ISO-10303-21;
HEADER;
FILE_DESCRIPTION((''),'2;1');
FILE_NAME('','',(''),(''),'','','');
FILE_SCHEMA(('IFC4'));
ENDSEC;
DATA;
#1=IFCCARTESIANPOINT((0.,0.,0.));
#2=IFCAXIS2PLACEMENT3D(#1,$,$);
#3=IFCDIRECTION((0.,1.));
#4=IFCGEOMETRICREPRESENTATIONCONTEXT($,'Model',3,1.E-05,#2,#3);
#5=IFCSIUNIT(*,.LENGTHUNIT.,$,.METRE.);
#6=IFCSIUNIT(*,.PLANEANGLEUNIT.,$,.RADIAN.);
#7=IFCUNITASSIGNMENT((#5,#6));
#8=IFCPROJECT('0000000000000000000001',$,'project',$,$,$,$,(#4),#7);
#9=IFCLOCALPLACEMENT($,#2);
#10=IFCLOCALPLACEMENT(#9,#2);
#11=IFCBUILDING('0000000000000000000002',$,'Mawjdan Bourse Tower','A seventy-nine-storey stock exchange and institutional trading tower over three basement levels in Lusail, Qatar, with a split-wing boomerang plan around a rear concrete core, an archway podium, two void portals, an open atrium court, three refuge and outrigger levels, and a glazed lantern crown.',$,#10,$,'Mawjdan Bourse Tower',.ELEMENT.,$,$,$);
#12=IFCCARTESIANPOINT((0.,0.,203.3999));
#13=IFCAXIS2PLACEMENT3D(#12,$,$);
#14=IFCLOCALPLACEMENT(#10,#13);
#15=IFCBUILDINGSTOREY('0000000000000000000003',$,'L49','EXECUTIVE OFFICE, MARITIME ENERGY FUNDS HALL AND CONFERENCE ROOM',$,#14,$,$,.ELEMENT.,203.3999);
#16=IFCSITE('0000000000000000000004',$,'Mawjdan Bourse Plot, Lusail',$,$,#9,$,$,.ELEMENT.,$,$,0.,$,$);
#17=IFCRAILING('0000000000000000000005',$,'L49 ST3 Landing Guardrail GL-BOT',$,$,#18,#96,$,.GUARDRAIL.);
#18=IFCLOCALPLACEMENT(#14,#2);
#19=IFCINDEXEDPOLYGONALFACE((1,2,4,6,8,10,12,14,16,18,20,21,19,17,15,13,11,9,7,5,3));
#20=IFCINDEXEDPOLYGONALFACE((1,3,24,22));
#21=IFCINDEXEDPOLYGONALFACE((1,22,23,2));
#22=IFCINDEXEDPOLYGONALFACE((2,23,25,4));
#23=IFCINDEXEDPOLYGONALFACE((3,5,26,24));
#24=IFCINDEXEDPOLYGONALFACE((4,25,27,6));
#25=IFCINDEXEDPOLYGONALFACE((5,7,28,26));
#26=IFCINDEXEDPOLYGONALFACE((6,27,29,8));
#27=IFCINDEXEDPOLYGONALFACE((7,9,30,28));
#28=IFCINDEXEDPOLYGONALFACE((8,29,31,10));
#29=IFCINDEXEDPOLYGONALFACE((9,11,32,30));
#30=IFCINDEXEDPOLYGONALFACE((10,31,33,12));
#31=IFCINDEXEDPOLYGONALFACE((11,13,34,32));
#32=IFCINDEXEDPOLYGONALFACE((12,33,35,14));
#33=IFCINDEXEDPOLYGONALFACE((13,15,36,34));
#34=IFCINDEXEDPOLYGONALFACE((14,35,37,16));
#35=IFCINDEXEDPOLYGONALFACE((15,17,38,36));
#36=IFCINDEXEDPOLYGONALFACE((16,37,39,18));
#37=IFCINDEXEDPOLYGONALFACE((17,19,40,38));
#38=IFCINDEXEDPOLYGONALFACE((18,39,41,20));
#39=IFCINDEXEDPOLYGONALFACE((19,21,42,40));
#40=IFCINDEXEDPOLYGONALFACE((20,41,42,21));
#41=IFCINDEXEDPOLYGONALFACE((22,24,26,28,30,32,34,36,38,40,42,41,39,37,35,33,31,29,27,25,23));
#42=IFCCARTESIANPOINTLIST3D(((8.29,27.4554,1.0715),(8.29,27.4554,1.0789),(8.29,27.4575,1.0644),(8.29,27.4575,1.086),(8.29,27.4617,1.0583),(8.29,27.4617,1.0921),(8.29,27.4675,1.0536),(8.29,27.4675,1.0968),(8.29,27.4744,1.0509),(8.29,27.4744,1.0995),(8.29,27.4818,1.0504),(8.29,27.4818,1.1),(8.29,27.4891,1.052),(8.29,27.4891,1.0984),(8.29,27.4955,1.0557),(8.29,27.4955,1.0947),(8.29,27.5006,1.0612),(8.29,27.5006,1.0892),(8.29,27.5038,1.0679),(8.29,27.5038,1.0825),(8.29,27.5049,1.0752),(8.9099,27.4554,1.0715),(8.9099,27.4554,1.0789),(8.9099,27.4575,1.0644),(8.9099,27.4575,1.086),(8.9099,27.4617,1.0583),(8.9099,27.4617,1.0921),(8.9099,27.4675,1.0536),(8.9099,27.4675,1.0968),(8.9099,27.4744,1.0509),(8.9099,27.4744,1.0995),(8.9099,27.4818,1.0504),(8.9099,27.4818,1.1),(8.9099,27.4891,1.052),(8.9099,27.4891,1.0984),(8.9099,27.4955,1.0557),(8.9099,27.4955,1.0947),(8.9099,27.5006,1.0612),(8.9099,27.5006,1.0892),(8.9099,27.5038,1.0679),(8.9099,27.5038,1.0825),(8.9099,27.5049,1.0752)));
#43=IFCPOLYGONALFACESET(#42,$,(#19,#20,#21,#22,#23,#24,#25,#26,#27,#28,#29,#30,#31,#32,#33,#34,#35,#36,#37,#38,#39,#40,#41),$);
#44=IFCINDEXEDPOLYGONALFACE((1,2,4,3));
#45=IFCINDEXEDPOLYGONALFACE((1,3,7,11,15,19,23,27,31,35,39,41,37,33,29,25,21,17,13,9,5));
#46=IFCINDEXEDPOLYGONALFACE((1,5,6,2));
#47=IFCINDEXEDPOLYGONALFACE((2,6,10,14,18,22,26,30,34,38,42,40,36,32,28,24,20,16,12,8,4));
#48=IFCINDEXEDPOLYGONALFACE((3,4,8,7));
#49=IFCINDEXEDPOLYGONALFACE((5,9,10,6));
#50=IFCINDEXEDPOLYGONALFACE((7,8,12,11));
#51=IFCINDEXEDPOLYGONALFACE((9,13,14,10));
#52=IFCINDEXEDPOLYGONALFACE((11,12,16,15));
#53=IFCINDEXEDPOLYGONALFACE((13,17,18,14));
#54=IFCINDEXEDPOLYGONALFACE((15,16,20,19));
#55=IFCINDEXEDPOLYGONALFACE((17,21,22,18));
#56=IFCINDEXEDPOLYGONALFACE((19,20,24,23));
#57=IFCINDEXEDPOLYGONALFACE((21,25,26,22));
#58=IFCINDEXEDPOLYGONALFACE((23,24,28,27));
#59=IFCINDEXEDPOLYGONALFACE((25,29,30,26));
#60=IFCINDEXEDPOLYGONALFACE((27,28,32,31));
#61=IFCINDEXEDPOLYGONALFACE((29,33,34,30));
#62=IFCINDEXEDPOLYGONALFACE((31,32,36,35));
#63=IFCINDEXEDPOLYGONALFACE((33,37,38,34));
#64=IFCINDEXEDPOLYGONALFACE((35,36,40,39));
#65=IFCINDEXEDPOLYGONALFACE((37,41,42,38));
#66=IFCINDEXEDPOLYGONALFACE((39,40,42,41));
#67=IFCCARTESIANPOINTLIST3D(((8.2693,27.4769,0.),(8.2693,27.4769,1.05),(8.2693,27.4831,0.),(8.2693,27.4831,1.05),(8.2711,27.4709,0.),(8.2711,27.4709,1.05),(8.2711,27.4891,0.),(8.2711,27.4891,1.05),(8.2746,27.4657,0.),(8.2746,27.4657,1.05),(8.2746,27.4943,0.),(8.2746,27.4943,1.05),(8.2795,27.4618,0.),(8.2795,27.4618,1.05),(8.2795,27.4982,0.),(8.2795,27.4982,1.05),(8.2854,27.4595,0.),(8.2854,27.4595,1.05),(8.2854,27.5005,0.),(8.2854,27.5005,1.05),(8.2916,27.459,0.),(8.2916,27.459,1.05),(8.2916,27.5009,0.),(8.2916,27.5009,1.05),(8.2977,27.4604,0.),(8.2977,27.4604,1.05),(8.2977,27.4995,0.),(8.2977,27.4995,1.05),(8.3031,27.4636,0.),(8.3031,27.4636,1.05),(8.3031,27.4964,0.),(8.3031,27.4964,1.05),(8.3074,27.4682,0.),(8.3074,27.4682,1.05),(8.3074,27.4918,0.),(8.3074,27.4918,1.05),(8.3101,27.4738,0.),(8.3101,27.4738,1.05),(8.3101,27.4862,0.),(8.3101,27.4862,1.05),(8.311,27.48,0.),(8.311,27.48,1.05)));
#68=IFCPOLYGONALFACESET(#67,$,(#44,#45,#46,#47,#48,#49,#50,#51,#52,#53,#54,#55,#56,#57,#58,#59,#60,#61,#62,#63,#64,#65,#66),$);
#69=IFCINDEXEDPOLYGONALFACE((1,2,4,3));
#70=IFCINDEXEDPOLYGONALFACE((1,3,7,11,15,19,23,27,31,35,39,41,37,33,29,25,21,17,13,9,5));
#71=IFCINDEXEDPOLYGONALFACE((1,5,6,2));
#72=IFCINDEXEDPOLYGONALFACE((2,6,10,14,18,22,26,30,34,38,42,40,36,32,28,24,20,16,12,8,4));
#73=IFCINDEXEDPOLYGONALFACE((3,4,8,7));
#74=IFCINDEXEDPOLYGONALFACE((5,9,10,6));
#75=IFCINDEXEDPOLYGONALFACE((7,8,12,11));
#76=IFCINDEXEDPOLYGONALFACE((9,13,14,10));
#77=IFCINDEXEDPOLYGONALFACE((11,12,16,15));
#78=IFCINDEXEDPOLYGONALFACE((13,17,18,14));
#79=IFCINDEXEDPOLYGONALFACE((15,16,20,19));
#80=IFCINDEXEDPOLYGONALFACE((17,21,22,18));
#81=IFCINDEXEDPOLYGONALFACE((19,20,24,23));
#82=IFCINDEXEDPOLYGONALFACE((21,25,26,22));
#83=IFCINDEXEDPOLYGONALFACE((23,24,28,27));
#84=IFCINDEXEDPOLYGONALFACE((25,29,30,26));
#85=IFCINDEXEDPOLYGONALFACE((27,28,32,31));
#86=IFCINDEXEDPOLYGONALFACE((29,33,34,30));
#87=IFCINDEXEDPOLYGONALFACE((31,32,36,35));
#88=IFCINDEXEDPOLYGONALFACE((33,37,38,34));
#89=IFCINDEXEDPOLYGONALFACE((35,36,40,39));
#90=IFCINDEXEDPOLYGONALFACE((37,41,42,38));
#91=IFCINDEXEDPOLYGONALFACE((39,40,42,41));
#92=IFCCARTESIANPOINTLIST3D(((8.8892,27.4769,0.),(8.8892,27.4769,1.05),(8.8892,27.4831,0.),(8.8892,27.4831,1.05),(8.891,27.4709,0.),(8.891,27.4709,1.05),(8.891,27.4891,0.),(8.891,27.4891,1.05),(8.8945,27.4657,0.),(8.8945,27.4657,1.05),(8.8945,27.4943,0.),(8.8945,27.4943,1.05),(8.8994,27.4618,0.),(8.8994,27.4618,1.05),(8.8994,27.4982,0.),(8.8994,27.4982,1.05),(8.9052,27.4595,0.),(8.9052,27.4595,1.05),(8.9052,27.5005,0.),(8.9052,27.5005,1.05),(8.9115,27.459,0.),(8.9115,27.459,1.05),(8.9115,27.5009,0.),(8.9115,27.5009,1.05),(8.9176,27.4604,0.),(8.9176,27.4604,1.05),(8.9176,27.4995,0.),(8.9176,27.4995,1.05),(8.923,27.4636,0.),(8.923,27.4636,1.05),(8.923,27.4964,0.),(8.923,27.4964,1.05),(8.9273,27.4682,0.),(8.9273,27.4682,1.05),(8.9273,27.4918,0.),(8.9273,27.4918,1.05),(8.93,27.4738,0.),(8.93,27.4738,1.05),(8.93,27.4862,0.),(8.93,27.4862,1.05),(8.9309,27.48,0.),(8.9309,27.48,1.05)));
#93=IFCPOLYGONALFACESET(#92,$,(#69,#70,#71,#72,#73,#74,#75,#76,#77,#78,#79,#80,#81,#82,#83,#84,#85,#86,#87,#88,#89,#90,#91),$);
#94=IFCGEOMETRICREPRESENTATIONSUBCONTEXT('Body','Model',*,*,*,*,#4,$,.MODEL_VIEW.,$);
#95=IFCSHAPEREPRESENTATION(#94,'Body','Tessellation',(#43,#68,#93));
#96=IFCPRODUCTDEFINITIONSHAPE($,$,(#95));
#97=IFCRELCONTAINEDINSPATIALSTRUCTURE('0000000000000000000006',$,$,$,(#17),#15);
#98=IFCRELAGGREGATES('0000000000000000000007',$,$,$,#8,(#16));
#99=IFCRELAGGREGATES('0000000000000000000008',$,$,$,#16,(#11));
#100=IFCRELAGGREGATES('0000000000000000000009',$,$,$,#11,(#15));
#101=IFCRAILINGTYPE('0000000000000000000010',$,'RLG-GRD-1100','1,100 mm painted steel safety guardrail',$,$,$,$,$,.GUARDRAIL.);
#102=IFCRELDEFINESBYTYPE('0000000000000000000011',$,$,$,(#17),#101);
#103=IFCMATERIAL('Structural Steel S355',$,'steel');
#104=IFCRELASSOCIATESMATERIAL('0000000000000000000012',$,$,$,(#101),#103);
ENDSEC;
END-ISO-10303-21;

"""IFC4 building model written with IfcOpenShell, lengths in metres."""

from ifc_helpers import new_model, si_unit, direction, frame, origin, origin_2d, place, context, subcontext, project, spatial, circle, extrude, material, type_object, element, save


model = new_model("IFC4")

# Units and contexts
model_context = context("Model", 3, precision=1e-05, world=origin(), true_north=direction((0.0, 1.0)))
body_context = subcontext(model_context, "Body", "Model", "MODEL_VIEW")
ifc_project = project(units=[si_unit("LENGTHUNIT", "METRE"), si_unit("PLANEANGLEUNIT", "RADIAN")], contexts=[model_context])

# Site, building, storey
site_placement = place(None, origin())
site = spatial("IfcSite", under=ifc_project, at=site_placement, Name="Mawjdan Bourse Plot, Lusail", CompositionType="ELEMENT", RefElevation=0.0)
building_placement = place(site_placement, origin())
building = spatial("IfcBuilding", under=site, at=building_placement, Name="Mawjdan Bourse Tower", Description="A seventy-nine-storey stock exchange and institutional trading tower over three basement levels in Lusail, Qatar, with a split-wing boomerang plan around a rear concrete core, an archway podium, two void portals, an open atrium court, three refuge and outrigger levels, and a glazed lantern crown.", LongName="Mawjdan Bourse Tower", CompositionType="ELEMENT")
storey_placement = place(building_placement, frame((0.0, 0.0, 203.3999)))
storey = spatial("IfcBuildingStorey", under=building, at=storey_placement, Name="L49", Description="EXECUTIVE OFFICE, MARITIME ENERGY FUNDS HALL AND CONFERENCE ROOM", CompositionType="ELEMENT", Elevation=203.3999)

# Shared definitions
ifc_material_1 = material(Name="Structural Steel S355", Category="steel")

# Railing
railing_type_1 = type_object("IfcRailingType", Name="RLG-GRD-1100", Description="1,100 mm painted steel safety guardrail", PredefinedType="GUARDRAIL", material=ifc_material_1)
for number, where, name in (
    (1, (8.29, 27.48, 0.0), "L49 ST3 Landing Guardrail GL-BOT"),
):
    element("IfcRailing", number, at=place(storey_placement, frame(where)), inside=storey, type_object=railing_type_1, Name=name, PredefinedType="GUARDRAIL", context=body_context, shape_type="SweptSolid", body=[
        extrude(circle(Radius=0.0249, at=origin_2d()), frame((0.0, 0.0, 1.0752), z_axis=(1.0, 0.0, 0.0), x_axis=(0.0, 1.0, 0.0)), (0.0, 0.0, 1.0), 0.6199),
        extrude(circle(Radius=0.021, at=origin_2d()), origin(), (0.0, 0.0, 1.0), 1.05),
        extrude(circle(Radius=0.021, at=origin_2d()), frame((0.6199, 0.0, 0.0)), (0.0, 0.0, 1.0), 1.05),
    ])

save(model, "model.ifc")
